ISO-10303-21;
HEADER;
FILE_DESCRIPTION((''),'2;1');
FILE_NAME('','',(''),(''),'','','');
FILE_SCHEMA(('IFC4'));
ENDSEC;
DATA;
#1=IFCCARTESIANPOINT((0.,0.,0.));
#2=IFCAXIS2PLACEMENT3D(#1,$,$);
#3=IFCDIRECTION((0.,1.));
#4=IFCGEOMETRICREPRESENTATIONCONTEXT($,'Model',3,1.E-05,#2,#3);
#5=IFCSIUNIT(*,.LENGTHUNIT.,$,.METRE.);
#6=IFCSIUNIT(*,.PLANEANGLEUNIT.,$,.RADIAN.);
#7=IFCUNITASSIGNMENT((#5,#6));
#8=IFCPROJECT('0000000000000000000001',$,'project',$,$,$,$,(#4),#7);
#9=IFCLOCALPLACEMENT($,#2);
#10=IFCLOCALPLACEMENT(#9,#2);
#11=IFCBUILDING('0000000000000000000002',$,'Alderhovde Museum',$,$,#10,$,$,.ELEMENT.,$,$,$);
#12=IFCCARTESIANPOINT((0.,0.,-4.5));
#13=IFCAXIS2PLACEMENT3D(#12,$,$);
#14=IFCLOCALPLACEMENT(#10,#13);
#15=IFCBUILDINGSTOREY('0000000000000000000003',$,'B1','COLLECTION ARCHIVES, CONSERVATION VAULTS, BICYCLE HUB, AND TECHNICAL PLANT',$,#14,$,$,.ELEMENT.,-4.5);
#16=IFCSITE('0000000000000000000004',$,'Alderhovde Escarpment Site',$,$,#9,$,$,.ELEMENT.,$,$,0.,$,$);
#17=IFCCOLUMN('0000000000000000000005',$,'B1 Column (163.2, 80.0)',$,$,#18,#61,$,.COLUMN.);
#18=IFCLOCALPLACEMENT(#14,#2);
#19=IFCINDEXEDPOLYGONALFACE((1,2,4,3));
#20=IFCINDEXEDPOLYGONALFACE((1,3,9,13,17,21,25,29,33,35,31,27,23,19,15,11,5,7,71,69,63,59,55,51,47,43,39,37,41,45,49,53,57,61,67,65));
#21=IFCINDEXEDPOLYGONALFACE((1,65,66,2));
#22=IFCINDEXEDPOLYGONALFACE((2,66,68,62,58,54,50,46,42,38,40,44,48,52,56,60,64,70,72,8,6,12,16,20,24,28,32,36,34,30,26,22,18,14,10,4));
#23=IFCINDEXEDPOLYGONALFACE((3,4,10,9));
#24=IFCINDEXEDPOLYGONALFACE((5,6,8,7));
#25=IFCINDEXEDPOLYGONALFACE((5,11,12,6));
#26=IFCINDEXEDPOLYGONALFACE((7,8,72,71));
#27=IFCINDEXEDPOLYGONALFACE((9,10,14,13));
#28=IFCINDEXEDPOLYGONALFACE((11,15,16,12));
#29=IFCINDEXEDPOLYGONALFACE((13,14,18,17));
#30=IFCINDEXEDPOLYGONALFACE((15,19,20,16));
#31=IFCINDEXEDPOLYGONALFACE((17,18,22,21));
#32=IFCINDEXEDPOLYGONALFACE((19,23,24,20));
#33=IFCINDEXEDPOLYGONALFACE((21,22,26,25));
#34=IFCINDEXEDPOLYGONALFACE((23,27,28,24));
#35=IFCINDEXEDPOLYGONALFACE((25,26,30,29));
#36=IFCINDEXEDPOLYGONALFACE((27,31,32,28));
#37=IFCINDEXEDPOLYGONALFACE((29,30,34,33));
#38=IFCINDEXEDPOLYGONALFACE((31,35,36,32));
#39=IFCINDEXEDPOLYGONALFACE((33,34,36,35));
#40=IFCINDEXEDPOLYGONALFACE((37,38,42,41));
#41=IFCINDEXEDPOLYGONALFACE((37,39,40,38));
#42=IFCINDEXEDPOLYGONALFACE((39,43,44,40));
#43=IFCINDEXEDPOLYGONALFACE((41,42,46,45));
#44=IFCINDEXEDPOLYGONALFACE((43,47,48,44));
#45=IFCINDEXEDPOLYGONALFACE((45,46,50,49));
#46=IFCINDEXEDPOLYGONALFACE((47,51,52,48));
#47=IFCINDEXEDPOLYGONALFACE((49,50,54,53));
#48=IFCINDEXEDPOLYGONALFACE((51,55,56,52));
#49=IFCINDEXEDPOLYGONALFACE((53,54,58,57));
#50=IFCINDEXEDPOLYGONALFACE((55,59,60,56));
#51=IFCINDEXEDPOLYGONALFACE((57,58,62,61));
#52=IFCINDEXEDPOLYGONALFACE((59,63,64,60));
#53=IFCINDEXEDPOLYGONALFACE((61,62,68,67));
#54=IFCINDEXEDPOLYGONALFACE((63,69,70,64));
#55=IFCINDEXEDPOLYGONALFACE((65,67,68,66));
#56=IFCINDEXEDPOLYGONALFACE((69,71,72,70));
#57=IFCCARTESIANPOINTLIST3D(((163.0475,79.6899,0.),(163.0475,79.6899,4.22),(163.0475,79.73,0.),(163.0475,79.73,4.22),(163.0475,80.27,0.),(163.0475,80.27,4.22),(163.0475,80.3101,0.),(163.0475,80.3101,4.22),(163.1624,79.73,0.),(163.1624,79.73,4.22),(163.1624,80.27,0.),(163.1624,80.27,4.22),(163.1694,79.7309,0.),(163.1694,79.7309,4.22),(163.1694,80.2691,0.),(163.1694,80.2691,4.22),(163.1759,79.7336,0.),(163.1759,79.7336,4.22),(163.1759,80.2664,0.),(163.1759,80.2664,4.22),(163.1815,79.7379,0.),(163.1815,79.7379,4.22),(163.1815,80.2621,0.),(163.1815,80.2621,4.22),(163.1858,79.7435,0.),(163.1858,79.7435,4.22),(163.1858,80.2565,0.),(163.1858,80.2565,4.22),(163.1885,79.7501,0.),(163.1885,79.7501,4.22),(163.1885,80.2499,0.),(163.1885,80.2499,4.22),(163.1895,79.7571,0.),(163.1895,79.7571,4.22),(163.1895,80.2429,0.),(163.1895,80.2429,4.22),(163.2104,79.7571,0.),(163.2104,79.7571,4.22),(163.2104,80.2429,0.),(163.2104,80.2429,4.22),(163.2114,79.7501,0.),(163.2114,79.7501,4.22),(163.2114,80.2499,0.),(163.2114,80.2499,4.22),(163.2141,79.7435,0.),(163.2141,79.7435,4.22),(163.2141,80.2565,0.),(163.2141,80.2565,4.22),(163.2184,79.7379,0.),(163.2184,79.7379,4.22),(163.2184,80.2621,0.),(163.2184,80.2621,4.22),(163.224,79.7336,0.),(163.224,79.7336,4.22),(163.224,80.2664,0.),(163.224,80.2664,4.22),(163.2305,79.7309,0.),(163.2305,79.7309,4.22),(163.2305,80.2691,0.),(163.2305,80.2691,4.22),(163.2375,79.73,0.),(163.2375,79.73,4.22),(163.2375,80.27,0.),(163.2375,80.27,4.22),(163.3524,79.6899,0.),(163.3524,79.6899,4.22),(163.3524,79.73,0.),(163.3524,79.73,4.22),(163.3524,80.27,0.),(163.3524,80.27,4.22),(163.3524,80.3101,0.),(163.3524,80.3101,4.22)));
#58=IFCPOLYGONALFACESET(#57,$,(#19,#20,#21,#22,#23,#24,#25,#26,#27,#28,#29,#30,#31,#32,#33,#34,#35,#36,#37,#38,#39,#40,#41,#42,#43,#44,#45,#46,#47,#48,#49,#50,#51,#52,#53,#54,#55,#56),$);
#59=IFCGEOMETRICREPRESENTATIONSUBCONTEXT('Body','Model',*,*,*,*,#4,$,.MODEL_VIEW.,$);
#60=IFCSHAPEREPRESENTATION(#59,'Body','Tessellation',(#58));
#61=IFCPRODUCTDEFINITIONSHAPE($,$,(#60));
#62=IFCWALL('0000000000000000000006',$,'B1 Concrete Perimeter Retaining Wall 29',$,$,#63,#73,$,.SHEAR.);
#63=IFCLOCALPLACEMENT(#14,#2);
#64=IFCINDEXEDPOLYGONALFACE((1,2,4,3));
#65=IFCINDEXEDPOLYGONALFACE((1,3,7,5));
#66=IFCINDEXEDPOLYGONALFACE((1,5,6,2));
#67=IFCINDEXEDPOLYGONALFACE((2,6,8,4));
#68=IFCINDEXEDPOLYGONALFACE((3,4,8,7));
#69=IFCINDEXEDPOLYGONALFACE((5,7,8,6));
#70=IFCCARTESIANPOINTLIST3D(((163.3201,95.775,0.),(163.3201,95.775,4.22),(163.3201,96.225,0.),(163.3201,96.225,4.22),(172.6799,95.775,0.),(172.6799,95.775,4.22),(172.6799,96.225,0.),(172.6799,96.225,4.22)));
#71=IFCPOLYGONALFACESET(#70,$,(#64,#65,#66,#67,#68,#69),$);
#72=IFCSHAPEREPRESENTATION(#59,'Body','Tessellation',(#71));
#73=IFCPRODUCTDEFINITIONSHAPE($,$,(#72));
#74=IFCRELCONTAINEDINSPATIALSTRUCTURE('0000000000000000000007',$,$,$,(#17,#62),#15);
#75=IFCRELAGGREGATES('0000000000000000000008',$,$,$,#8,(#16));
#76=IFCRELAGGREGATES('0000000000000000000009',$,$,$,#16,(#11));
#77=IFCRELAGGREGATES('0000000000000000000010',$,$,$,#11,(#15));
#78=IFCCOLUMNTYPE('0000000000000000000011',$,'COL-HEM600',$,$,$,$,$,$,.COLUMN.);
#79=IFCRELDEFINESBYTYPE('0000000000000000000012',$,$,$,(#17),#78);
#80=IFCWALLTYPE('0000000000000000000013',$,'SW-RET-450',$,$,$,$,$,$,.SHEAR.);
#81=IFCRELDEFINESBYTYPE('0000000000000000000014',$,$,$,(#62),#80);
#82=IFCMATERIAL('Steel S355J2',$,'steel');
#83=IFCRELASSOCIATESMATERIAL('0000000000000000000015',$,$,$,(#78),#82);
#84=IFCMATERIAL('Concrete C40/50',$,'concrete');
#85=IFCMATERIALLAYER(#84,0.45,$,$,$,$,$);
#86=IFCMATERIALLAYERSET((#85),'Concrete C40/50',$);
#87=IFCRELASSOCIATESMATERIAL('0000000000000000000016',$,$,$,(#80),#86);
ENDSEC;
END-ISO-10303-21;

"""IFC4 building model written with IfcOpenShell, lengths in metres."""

from ifc_helpers import new_model, si_unit, direction, frame, frame_2d, origin, origin_2d, place, context, subcontext, project, spatial, rectangle, i_section, extrude, material, layer, layer_set, material_profile, profile_set, type_object, element, save


model = new_model("IFC4")

# Units and contexts
model_context = context("Model", 3, precision=1e-05, world=origin(), true_north=direction((0.0, 1.0)))
body_context = subcontext(model_context, "Body", "Model", "MODEL_VIEW")
ifc_project = project(units=[si_unit("LENGTHUNIT", "METRE"), si_unit("PLANEANGLEUNIT", "RADIAN")], contexts=[model_context])

# Site, building, storey
site_placement = place(None, origin())
site = spatial("IfcSite", under=ifc_project, at=site_placement, Name="Alderhovde Escarpment Site", CompositionType="ELEMENT", RefElevation=0.0)
building_placement = place(site_placement, origin())
building = spatial("IfcBuilding", under=site, at=building_placement, Name="Alderhovde Museum", CompositionType="ELEMENT")
storey_placement = place(building_placement, frame((0.0, 0.0, -4.5)))
storey = spatial("IfcBuildingStorey", under=building, at=storey_placement, Name="B1", Description="COLLECTION ARCHIVES, CONSERVATION VAULTS, BICYCLE HUB, AND TECHNICAL PLANT", CompositionType="ELEMENT", Elevation=-4.5)

# Column
ifc_material_1 = material(Name="Steel S355J2", Category="steel")
ifc_material_profile_1 = material_profile(ifc_material_1, i_section(OverallWidth=0.3049, OverallDepth=0.6201, WebThickness=0.021, FlangeThickness=0.04, FilletRadius=0.0271, at=origin_2d()), Name="HEM 600")
ifc_profile_set_1 = profile_set([ifc_material_profile_1], Name="Steel S355J2")
column_type_1 = type_object("IfcColumnType", Name="COL-HEM600", PredefinedType="COLUMN", material=ifc_profile_set_1)
column_1_placement = place(storey_placement, frame((163.2, 80.0, 0.0), z_axis=(0.0, 0.0, 1.0), x_axis=(1.0, 0.0, 0.0)))
element("IfcColumn", 1, at=column_1_placement, inside=storey, type_object=column_type_1, Name="B1 Column (163.2, 80.0)", PredefinedType="COLUMN", context=body_context, shape_type="SweptSolid", body=[
    extrude(i_section(OverallWidth=0.3049, OverallDepth=0.6201, WebThickness=0.021, FlangeThickness=0.04, FilletRadius=0.0271, at=origin_2d()), origin(), (0.0, 0.0, 1.0), 4.22),
])

# Wall
ifc_material_2 = material(Name="Concrete C40/50", Category="concrete")
ifc_layer = layer(ifc_material_2, 0.45)
ifc_layer_set = layer_set([ifc_layer], Name="Concrete C40/50")
wall_type = type_object("IfcWallType", Name="SW-RET-450", PredefinedType="SHEAR", material=ifc_layer_set)
wall_placement = place(storey_placement, frame((163.3201, 96.0, 0.0), z_axis=(0.0, 0.0, 1.0), x_axis=(1.0, 0.0, 0.0)))
element("IfcWall", 2, at=wall_placement, inside=storey, type_object=wall_type, Name="B1 Concrete Perimeter Retaining Wall 29", PredefinedType="SHEAR", context=body_context, shape_type="SweptSolid", body=[
    extrude(rectangle(XDim=9.3599, YDim=0.45, at=frame_2d((4.6799, 0.0))), origin(), (0.0, 0.0, 1.0), 4.22),
])

save(model, "model.ifc")
